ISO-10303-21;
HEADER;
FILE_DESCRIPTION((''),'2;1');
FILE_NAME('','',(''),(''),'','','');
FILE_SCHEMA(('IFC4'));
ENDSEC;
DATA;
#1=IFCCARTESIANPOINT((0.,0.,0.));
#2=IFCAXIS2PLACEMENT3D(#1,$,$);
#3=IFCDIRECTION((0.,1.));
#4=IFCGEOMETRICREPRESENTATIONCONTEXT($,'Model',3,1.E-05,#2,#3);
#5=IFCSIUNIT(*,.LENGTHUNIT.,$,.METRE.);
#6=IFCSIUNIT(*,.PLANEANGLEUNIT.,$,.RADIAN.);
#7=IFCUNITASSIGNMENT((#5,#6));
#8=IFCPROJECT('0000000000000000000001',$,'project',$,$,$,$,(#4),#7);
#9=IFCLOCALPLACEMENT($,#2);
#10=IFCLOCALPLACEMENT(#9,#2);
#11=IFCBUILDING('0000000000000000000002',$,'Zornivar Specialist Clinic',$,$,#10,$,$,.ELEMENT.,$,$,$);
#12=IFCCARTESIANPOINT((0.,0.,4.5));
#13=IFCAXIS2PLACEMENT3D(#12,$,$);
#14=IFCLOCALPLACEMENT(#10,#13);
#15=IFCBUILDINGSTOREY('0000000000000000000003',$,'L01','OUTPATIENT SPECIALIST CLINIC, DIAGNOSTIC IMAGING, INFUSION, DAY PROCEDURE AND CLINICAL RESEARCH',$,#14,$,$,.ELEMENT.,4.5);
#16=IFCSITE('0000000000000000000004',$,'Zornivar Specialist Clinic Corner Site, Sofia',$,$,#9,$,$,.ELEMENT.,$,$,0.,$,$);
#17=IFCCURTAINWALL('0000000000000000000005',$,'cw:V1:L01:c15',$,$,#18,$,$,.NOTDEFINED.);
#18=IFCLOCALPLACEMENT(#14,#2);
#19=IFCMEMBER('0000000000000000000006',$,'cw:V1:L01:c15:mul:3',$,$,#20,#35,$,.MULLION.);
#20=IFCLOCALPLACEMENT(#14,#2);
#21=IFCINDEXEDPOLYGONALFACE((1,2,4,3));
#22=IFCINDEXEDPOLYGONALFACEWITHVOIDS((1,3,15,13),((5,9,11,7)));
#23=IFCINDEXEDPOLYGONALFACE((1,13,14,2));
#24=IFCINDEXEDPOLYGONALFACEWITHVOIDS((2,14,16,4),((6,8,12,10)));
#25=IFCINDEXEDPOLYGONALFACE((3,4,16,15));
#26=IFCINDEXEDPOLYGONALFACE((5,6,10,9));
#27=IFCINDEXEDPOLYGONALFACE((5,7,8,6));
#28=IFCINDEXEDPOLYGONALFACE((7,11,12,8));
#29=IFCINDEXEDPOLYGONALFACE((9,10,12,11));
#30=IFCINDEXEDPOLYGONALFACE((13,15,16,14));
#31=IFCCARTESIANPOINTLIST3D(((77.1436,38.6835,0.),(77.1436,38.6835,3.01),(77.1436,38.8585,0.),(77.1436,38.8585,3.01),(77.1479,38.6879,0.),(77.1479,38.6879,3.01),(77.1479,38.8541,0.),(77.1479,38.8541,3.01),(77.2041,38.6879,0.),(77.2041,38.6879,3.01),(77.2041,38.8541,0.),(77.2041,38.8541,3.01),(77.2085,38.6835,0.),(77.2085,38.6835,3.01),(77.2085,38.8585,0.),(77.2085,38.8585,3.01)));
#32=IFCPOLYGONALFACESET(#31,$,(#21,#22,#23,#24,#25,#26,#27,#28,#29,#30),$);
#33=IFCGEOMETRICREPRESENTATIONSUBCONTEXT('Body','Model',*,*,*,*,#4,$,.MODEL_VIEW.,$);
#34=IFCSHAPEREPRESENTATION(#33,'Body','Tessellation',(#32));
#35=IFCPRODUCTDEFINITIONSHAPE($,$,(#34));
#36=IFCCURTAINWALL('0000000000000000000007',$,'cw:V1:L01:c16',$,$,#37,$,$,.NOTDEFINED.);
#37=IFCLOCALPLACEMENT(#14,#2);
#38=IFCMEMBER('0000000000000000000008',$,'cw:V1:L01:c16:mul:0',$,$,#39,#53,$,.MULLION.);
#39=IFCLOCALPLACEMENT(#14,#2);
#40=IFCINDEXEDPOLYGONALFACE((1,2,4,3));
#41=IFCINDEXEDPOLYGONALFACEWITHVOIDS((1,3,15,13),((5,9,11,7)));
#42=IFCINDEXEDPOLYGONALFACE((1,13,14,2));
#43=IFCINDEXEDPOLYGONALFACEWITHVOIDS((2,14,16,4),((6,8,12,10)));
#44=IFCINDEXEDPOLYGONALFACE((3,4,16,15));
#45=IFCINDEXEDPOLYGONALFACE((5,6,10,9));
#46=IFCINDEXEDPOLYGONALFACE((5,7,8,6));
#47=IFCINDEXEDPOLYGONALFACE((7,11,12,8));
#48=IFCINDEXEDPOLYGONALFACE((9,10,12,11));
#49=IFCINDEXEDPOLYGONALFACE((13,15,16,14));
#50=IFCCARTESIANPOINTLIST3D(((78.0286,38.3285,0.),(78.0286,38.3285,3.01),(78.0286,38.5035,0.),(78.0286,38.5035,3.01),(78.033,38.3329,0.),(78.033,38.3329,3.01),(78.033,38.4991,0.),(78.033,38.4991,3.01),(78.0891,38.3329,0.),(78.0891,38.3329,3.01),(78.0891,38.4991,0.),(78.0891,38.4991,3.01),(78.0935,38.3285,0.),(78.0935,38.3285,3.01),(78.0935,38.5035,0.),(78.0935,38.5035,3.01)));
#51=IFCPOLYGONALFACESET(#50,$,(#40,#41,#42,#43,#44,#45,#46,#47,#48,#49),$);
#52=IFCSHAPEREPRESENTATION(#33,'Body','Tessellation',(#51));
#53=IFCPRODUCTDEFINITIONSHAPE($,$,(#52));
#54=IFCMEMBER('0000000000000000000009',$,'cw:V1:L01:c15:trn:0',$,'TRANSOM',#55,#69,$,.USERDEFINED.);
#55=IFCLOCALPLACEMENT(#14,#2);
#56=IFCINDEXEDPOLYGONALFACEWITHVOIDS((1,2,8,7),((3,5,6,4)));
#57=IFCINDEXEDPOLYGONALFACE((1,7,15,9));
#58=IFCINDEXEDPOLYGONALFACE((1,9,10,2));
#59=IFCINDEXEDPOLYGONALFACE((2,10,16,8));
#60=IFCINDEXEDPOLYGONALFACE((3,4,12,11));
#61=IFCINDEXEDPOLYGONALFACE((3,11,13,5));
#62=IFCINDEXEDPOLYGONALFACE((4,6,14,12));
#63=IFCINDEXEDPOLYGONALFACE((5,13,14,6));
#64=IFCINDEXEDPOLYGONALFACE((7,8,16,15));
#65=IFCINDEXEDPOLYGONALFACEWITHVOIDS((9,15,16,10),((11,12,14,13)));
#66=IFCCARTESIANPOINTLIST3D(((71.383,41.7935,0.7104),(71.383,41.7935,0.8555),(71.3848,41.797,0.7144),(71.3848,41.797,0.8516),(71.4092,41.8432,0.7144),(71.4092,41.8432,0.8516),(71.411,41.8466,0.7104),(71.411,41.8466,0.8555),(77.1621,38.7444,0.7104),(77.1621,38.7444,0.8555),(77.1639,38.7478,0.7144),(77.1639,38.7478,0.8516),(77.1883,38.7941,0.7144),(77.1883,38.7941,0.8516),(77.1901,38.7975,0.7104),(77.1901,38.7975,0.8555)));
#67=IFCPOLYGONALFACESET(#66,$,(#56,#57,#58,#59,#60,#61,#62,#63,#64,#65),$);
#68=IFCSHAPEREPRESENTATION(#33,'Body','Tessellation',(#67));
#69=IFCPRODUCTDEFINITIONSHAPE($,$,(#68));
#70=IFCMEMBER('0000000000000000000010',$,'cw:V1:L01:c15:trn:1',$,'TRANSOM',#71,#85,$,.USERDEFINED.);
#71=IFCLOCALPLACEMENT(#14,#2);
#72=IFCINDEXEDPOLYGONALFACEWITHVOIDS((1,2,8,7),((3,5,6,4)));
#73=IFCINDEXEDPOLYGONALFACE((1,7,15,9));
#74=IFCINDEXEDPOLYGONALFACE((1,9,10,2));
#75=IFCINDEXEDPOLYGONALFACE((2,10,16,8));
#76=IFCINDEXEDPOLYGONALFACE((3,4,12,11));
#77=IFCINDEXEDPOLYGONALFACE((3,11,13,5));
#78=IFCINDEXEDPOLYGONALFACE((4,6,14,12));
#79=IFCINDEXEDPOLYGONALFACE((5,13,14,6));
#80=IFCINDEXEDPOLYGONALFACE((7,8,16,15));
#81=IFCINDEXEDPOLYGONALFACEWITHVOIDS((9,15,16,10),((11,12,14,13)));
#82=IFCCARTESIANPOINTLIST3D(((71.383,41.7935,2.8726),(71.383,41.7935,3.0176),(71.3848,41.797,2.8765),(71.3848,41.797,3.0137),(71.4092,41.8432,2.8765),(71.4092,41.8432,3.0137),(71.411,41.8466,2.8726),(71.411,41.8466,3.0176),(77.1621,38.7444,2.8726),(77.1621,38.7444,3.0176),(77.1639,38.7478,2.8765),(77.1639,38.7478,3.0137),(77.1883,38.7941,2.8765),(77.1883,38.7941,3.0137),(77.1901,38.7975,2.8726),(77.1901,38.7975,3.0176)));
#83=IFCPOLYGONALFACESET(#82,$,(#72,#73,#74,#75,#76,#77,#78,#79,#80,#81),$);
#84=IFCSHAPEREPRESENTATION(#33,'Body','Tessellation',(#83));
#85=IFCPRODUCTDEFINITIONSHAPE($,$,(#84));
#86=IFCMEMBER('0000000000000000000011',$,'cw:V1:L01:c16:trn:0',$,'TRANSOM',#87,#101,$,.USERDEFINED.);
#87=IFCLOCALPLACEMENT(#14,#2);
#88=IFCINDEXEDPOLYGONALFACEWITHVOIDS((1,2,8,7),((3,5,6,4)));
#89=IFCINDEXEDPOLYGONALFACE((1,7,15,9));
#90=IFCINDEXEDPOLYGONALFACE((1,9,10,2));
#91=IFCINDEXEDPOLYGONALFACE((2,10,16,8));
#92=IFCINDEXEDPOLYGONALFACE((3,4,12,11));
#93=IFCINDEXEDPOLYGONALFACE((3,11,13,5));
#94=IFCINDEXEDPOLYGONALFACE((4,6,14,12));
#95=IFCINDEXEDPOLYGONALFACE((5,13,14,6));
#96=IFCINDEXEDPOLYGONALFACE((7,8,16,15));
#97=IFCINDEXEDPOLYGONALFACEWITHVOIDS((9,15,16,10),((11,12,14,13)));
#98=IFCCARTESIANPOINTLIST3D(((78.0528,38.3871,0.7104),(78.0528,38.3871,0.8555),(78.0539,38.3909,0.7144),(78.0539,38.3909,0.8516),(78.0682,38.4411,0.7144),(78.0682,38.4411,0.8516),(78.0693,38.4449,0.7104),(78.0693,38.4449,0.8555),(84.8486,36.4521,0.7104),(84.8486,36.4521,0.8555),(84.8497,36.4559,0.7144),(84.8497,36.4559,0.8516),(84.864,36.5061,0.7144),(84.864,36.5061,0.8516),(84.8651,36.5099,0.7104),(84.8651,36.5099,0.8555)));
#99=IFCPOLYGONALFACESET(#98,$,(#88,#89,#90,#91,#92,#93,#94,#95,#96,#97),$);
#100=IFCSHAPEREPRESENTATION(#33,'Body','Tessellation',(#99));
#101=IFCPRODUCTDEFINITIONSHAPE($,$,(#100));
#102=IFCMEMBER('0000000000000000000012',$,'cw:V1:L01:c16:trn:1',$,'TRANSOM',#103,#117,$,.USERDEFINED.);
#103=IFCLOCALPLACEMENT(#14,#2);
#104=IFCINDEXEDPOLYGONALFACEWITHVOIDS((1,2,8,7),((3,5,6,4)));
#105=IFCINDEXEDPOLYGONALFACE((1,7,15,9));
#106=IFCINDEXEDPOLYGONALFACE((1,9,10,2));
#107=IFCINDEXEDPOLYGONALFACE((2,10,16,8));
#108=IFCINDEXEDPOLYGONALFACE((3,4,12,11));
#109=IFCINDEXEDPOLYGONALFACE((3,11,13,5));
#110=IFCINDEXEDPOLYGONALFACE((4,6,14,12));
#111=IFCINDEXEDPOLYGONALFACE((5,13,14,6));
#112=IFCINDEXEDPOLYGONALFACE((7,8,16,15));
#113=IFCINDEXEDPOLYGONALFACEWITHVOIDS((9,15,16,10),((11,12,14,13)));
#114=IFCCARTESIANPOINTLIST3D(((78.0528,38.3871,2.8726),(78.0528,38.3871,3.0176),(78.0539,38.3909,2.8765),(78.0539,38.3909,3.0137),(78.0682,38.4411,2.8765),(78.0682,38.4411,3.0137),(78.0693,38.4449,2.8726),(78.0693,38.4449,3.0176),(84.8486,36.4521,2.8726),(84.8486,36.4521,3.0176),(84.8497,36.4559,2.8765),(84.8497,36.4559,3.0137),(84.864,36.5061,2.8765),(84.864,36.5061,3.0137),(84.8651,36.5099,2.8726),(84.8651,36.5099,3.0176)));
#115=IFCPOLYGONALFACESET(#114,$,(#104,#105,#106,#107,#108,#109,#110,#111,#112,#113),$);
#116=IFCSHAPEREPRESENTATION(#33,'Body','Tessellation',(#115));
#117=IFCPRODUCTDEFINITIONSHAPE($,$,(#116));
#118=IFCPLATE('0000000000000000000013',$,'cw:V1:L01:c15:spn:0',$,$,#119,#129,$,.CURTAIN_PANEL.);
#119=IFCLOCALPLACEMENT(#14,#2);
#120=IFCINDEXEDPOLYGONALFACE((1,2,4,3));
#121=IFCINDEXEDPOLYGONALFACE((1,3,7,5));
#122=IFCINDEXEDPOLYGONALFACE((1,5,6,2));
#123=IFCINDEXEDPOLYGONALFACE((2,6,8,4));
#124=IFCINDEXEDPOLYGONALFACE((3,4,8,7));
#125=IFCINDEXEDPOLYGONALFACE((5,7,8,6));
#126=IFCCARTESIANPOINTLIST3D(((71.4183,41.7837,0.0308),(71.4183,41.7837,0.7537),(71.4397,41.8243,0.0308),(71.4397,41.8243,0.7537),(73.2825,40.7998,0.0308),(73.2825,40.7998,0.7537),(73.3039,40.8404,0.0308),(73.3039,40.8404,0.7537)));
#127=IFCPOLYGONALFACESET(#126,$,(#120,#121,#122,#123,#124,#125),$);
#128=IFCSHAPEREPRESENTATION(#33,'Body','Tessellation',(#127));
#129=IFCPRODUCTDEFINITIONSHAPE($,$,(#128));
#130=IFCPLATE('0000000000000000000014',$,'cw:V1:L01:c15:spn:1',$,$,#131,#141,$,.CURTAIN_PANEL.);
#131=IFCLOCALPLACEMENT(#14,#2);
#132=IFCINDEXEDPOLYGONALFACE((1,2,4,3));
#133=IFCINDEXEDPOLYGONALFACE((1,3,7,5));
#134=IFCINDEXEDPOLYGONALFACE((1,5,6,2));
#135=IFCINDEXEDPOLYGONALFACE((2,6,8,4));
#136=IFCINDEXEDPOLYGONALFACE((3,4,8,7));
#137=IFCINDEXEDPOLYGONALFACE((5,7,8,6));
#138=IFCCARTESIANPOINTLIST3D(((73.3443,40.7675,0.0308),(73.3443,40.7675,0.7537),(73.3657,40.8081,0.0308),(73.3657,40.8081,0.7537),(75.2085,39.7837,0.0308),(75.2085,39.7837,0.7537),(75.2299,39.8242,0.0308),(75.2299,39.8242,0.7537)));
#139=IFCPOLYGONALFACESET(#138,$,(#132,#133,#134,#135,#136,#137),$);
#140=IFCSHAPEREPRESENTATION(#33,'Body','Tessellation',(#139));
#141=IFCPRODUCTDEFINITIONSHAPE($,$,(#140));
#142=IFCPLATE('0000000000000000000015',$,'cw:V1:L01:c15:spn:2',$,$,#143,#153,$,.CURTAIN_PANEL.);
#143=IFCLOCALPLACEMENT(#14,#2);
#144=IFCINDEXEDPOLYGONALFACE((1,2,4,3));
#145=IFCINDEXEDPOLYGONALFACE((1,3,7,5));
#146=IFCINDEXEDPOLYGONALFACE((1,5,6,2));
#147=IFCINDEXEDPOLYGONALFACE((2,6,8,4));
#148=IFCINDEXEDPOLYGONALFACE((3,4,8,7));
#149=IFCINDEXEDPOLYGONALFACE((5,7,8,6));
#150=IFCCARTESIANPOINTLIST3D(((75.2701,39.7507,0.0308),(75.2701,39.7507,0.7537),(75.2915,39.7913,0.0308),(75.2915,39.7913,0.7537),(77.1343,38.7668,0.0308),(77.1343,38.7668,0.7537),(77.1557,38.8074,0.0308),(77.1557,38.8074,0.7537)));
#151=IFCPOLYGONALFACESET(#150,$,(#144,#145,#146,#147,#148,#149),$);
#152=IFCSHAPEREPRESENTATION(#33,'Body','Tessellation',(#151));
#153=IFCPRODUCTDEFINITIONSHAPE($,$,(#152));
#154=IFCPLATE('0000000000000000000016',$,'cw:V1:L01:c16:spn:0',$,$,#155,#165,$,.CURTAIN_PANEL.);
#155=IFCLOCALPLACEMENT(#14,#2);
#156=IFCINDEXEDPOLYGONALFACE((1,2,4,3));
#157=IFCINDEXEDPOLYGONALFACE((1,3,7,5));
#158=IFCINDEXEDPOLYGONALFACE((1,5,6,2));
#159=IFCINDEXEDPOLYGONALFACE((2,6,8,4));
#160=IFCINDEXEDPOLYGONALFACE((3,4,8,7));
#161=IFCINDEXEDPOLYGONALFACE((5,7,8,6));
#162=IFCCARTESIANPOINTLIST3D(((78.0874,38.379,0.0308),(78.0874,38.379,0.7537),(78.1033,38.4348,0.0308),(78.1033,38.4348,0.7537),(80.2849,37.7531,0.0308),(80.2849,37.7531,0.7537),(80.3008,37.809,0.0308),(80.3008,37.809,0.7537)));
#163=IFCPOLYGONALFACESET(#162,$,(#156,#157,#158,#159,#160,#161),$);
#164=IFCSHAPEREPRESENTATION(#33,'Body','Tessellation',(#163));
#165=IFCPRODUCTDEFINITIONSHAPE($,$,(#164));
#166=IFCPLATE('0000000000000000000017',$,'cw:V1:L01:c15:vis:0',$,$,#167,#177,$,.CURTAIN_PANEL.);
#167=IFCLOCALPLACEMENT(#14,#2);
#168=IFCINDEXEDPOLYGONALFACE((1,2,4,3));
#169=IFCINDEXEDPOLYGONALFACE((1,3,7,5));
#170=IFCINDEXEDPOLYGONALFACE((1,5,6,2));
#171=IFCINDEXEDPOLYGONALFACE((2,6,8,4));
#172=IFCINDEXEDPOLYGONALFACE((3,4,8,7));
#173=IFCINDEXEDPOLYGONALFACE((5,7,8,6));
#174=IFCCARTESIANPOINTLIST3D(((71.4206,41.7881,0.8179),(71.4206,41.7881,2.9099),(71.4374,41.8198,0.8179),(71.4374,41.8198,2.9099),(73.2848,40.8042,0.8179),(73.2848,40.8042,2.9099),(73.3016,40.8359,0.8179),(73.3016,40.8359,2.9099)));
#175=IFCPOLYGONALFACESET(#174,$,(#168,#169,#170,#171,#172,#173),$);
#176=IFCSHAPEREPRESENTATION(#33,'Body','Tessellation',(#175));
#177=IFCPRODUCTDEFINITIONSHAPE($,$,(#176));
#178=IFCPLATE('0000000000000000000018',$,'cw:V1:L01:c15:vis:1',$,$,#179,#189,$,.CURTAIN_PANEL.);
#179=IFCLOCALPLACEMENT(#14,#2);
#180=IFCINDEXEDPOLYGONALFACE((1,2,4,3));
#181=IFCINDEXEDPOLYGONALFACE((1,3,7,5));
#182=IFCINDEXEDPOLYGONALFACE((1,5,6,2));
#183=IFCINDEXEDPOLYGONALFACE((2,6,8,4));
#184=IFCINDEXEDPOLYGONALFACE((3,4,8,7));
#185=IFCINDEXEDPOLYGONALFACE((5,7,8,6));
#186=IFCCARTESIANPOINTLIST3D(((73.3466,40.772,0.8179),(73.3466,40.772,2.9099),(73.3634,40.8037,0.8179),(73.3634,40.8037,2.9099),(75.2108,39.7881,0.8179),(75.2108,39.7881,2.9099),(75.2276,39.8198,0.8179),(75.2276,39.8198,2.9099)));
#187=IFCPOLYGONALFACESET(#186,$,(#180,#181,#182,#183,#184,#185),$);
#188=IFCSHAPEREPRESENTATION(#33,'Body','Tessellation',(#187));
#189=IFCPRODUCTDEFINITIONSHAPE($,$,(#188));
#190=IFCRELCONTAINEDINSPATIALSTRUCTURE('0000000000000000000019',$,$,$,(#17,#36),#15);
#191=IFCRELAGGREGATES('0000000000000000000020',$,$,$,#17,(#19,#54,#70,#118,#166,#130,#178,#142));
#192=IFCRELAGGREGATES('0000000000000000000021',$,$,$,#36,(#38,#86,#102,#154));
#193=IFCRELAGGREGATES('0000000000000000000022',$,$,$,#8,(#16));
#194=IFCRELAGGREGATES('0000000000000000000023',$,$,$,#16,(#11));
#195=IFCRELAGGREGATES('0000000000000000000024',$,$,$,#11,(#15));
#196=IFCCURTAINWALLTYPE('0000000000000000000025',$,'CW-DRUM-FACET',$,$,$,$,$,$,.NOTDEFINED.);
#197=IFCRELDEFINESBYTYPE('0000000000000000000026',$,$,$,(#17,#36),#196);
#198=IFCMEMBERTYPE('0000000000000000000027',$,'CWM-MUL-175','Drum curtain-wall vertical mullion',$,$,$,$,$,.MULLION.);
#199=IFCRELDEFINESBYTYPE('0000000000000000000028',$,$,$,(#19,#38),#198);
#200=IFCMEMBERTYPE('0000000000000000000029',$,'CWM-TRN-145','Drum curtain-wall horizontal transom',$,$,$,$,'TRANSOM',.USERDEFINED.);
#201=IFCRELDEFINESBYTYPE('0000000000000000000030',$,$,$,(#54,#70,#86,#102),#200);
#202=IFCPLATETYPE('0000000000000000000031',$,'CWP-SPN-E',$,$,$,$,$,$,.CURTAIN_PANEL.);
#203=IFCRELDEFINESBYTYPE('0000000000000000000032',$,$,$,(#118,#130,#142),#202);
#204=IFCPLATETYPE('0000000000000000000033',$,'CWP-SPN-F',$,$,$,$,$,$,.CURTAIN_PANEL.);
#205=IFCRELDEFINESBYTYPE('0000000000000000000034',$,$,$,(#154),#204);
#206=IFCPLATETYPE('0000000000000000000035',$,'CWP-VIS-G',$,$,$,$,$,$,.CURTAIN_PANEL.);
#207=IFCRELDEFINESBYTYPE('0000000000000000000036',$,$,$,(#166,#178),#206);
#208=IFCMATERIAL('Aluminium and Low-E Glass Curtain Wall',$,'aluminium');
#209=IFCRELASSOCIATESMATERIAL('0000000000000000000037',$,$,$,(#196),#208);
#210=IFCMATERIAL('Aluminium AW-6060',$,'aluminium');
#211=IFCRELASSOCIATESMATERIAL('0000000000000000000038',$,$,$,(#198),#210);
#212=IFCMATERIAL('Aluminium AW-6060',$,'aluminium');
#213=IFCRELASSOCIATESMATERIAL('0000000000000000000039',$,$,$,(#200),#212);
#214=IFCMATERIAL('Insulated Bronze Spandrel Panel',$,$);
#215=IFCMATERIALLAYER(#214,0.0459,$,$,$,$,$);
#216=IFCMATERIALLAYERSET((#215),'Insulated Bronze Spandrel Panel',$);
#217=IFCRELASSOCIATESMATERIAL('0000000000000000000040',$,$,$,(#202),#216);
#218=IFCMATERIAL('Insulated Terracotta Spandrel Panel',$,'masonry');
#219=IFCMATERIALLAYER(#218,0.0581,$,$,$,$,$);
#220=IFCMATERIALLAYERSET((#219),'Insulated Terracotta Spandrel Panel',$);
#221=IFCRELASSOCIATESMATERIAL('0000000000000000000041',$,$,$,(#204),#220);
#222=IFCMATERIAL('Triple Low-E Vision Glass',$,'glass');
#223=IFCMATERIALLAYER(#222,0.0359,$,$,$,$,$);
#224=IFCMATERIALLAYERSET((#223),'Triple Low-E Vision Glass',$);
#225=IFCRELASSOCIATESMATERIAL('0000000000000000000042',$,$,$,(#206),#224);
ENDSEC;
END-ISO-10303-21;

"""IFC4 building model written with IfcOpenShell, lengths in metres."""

from ifc_helpers import new_model, si_unit, direction, frame, origin, origin_2d, place, context, subcontext, project, spatial, rectangle, hollow_rectangle, extrude, material, layer, layer_set, material_profile, profile_set, type_object, element, aggregate, save


model = new_model("IFC4")

# Units and contexts
model_context = context("Model", 3, precision=1e-05, world=origin(), true_north=direction((0.0, 1.0)))
body_context = subcontext(model_context, "Body", "Model", "MODEL_VIEW")
ifc_project = project(units=[si_unit("LENGTHUNIT", "METRE"), si_unit("PLANEANGLEUNIT", "RADIAN")], contexts=[model_context])

# Site, building, storey
site_placement = place(None, origin())
site = spatial("IfcSite", under=ifc_project, at=site_placement, Name="Zornivar Specialist Clinic Corner Site, Sofia", CompositionType="ELEMENT", RefElevation=0.0)
building_placement = place(site_placement, origin())
building = spatial("IfcBuilding", under=site, at=building_placement, Name="Zornivar Specialist Clinic", CompositionType="ELEMENT")
storey_placement = place(building_placement, frame((0.0, 0.0, 4.5)))
storey = spatial("IfcBuildingStorey", under=building, at=storey_placement, Name="L01", Description="OUTPATIENT SPECIALIST CLINIC, DIAGNOSTIC IMAGING, INFUSION, DAY PROCEDURE AND CLINICAL RESEARCH", CompositionType="ELEMENT", Elevation=4.5)

# Curtain wall, member
ifc_material_1 = material(Name="Aluminium and Low-E Glass Curtain Wall", Category="aluminium")
curtain_wall_type = type_object("IfcCurtainWallType", Name="CW-DRUM-FACET", PredefinedType="NOTDEFINED", material=ifc_material_1)
curtain_wall_1_placement = place(storey_placement, origin())
curtain_wall_1 = element("IfcCurtainWall", 1, at=curtain_wall_1_placement, inside=storey, type_object=curtain_wall_type, Name="cw:V1:L01:c15", PredefinedType="NOTDEFINED")
ifc_material_2 = material(Name="Aluminium AW-6060", Category="aluminium")
ifc_material_profile_1 = material_profile(ifc_material_2, hollow_rectangle(XDim=0.0649, YDim=0.175, WallThickness=0.0044, at=origin_2d()), Name="ALU 65x175x4.5")
ifc_profile_set_1 = profile_set([ifc_material_profile_1], Name="Aluminium AW-6060")
member_type_1 = type_object("IfcMemberType", Name="CWM-MUL-175", Description="Drum curtain-wall vertical mullion", PredefinedType="MULLION", material=ifc_profile_set_1)
member_1_placement = place(storey_placement, frame((77.176, 38.771, 0.0), z_axis=(0.0, 0.0, 1.0), x_axis=(1.0, 0.0, 0.0)))
member_1 = element("IfcMember", 2, at=member_1_placement, type_object=member_type_1, Name="cw:V1:L01:c15:mul:3", PredefinedType="MULLION", context=body_context, shape_type="SweptSolid", body=[
    extrude(hollow_rectangle(XDim=0.0649, YDim=0.175, WallThickness=0.0044, at=origin_2d()), origin(), (0.0, 0.0, 1.0), 3.01),
])

# Curtain wall, member
curtain_wall_2_placement = place(storey_placement, origin())
curtain_wall_2 = element("IfcCurtainWall", 3, at=curtain_wall_2_placement, inside=storey, type_object=curtain_wall_type, Name="cw:V1:L01:c16", PredefinedType="NOTDEFINED")
member_2_placement = place(storey_placement, frame((78.061, 38.416, 0.0), z_axis=(0.0, 0.0, 1.0), x_axis=(1.0, 0.0, 0.0)))
member_2 = element("IfcMember", 4, at=member_2_placement, type_object=member_type_1, Name="cw:V1:L01:c16:mul:0", PredefinedType="MULLION", context=body_context, shape_type="SweptSolid", body=[
    extrude(hollow_rectangle(XDim=0.0649, YDim=0.175, WallThickness=0.0044, at=origin_2d()), origin(), (0.0, 0.0, 1.0), 3.01),
])

# Members
ifc_material_3 = material(Name="Aluminium AW-6060", Category="aluminium")
ifc_material_profile_2 = material_profile(ifc_material_3, hollow_rectangle(XDim=0.0601, YDim=0.145, WallThickness=0.0039, at=origin_2d()), Name="ALU 60x145x4")
ifc_profile_set_2 = profile_set([ifc_material_profile_2], Name="Aluminium AW-6060")
member_type_2 = type_object("IfcMemberType", Name="CWM-TRN-145", Description="Drum curtain-wall horizontal transom", ElementType="TRANSOM", PredefinedType="USERDEFINED", material=ifc_profile_set_2)
member_3_placement = place(storey_placement, frame((71.397, 41.8201, 0.783), z_axis=(0.884447, -0.466641, 0.0), x_axis=(0.466641, 0.884447, 0.0)))
member_3 = element("IfcMember", 5, at=member_3_placement, type_object=member_type_2, Name="cw:V1:L01:c15:trn:0", ObjectType="TRANSOM", PredefinedType="USERDEFINED", context=body_context, shape_type="SweptSolid", body=[
    extrude(hollow_rectangle(XDim=0.0601, YDim=0.145, WallThickness=0.0039, at=origin_2d()), origin(), (0.0, 0.0, 1.0), 6.5342),
])
member_4_placement = place(storey_placement, frame((71.397, 41.8201, 2.9451), z_axis=(0.884447, -0.466641, 0.0), x_axis=(0.466641, 0.884447, 0.0)))
member_4 = element("IfcMember", 6, at=member_4_placement, type_object=member_type_2, Name="cw:V1:L01:c15:trn:1", ObjectType="TRANSOM", PredefinedType="USERDEFINED", context=body_context, shape_type="SweptSolid", body=[
    extrude(hollow_rectangle(XDim=0.0601, YDim=0.145, WallThickness=0.0039, at=origin_2d()), origin(), (0.0, 0.0, 1.0), 6.5342),
])
member_5_placement = place(storey_placement, frame((78.061, 38.416, 0.783), z_axis=(0.961771, -0.273854, 0.0), x_axis=(0.273854, 0.961771, 0.0)))
member_5 = element("IfcMember", 7, at=member_5_placement, type_object=member_type_2, Name="cw:V1:L01:c16:trn:0", ObjectType="TRANSOM", PredefinedType="USERDEFINED", context=body_context, shape_type="SweptSolid", body=[
    extrude(hollow_rectangle(XDim=0.0601, YDim=0.145, WallThickness=0.0039, at=origin_2d()), origin(), (0.0, 0.0, 1.0), 7.0659),
])
member_6_placement = place(storey_placement, frame((78.061, 38.416, 2.9451), z_axis=(0.961771, -0.273854, 0.0), x_axis=(0.273854, 0.961771, 0.0)))
member_6 = element("IfcMember", 8, at=member_6_placement, type_object=member_type_2, Name="cw:V1:L01:c16:trn:1", ObjectType="TRANSOM", PredefinedType="USERDEFINED", context=body_context, shape_type="SweptSolid", body=[
    extrude(hollow_rectangle(XDim=0.0601, YDim=0.145, WallThickness=0.0039, at=origin_2d()), origin(), (0.0, 0.0, 1.0), 7.0659),
])

# Plates
ifc_material_4 = material(Name="Insulated Bronze Spandrel Panel")
ifc_layer_1 = layer(ifc_material_4, 0.0459)
ifc_layer_set_1 = layer_set([ifc_layer_1], Name="Insulated Bronze Spandrel Panel")
plate_type_1 = type_object("IfcPlateType", Name="CWP-SPN-E", PredefinedType="CURTAIN_PANEL", material=ifc_layer_set_1)
plate_1_placement = place(storey_placement, frame((72.3611, 41.312, 0.0308), z_axis=(0.0, 0.0, 1.0), x_axis=(0.884383, -0.466762, 0.0)))
plate_1 = element("IfcPlate", 9, at=plate_1_placement, type_object=plate_type_1, Name="cw:V1:L01:c15:spn:0", PredefinedType="CURTAIN_PANEL", context=body_context, shape_type="SweptSolid", body=[
    extrude(rectangle(XDim=2.1079, YDim=0.0459, at=origin_2d()), origin(), (0.0, 0.0, 1.0), 0.7229),
])
plate_2_placement = place(storey_placement, frame((74.2871, 40.2959, 0.0308), z_axis=(0.0, 0.0, 1.0), x_axis=(0.884383, -0.466762, 0.0)))
plate_2 = element("IfcPlate", 10, at=plate_2_placement, type_object=plate_type_1, Name="cw:V1:L01:c15:spn:1", PredefinedType="CURTAIN_PANEL", context=body_context, shape_type="SweptSolid", body=[
    extrude(rectangle(XDim=2.1079, YDim=0.0459, at=origin_2d()), origin(), (0.0, 0.0, 1.0), 0.7229),
])
plate_3_placement = place(storey_placement, frame((76.2129, 39.2791, 0.0308), z_axis=(0.0, 0.0, 1.0), x_axis=(0.884383, -0.466762, 0.0)))
plate_3 = element("IfcPlate", 11, at=plate_3_placement, type_object=plate_type_1, Name="cw:V1:L01:c15:spn:2", PredefinedType="CURTAIN_PANEL", context=body_context, shape_type="SweptSolid", body=[
    extrude(rectangle(XDim=2.1079, YDim=0.0459, at=origin_2d()), origin(), (0.0, 0.0, 1.0), 0.7229),
])
ifc_material_5 = material(Name="Insulated Terracotta Spandrel Panel", Category="masonry")
ifc_layer_2 = layer(ifc_material_5, 0.0581)
ifc_layer_set_2 = layer_set([ifc_layer_2], Name="Insulated Terracotta Spandrel Panel")
plate_type_2 = type_object("IfcPlateType", Name="CWP-SPN-F", PredefinedType="CURTAIN_PANEL", material=ifc_layer_set_2)
plate_4_placement = place(storey_placement, frame((79.1941, 38.094, 0.0308), z_axis=(0.0, 0.0, 1.0), x_axis=(0.961761, -0.273889, 0.0)))
plate_4 = element("IfcPlate", 12, at=plate_4_placement, type_object=plate_type_2, Name="cw:V1:L01:c16:spn:0", PredefinedType="CURTAIN_PANEL", context=body_context, shape_type="SweptSolid", body=[
    extrude(rectangle(XDim=2.2849, YDim=0.0581, at=origin_2d()), origin(), (0.0, 0.0, 1.0), 0.7229),
])
ifc_material_6 = material(Name="Triple Low-E Vision Glass", Category="glass")
ifc_layer_3 = layer(ifc_material_6, 0.0359)
ifc_layer_set_3 = layer_set([ifc_layer_3], Name="Triple Low-E Vision Glass")
plate_type_3 = type_object("IfcPlateType", Name="CWP-VIS-G", PredefinedType="CURTAIN_PANEL", material=ifc_layer_set_3)
plate_5_placement = place(storey_placement, frame((72.3611, 41.312, 0.8179), z_axis=(0.0, 0.0, 1.0), x_axis=(0.884383, -0.466762, 0.0)))
plate_5 = element("IfcPlate", 13, at=plate_5_placement, type_object=plate_type_3, Name="cw:V1:L01:c15:vis:0", PredefinedType="CURTAIN_PANEL", context=body_context, shape_type="SweptSolid", body=[
    extrude(rectangle(XDim=2.1079, YDim=0.0359, at=origin_2d()), origin(), (0.0, 0.0, 1.0), 2.092),
])
plate_6_placement = place(storey_placement, frame((74.2871, 40.2959, 0.8179), z_axis=(0.0, 0.0, 1.0), x_axis=(0.884383, -0.466762, 0.0)))
plate_6 = element("IfcPlate", 14, at=plate_6_placement, type_object=plate_type_3, Name="cw:V1:L01:c15:vis:1", PredefinedType="CURTAIN_PANEL", context=body_context, shape_type="SweptSolid", body=[
    extrude(rectangle(XDim=2.1079, YDim=0.0359, at=origin_2d()), origin(), (0.0, 0.0, 1.0), 2.092),
])
aggregate(curtain_wall_1, [member_1, member_3, member_4, plate_1, plate_5, plate_2, plate_6, plate_3])
aggregate(curtain_wall_2, [member_2, member_5, member_6, plate_4])

save(model, "model.ifc")
